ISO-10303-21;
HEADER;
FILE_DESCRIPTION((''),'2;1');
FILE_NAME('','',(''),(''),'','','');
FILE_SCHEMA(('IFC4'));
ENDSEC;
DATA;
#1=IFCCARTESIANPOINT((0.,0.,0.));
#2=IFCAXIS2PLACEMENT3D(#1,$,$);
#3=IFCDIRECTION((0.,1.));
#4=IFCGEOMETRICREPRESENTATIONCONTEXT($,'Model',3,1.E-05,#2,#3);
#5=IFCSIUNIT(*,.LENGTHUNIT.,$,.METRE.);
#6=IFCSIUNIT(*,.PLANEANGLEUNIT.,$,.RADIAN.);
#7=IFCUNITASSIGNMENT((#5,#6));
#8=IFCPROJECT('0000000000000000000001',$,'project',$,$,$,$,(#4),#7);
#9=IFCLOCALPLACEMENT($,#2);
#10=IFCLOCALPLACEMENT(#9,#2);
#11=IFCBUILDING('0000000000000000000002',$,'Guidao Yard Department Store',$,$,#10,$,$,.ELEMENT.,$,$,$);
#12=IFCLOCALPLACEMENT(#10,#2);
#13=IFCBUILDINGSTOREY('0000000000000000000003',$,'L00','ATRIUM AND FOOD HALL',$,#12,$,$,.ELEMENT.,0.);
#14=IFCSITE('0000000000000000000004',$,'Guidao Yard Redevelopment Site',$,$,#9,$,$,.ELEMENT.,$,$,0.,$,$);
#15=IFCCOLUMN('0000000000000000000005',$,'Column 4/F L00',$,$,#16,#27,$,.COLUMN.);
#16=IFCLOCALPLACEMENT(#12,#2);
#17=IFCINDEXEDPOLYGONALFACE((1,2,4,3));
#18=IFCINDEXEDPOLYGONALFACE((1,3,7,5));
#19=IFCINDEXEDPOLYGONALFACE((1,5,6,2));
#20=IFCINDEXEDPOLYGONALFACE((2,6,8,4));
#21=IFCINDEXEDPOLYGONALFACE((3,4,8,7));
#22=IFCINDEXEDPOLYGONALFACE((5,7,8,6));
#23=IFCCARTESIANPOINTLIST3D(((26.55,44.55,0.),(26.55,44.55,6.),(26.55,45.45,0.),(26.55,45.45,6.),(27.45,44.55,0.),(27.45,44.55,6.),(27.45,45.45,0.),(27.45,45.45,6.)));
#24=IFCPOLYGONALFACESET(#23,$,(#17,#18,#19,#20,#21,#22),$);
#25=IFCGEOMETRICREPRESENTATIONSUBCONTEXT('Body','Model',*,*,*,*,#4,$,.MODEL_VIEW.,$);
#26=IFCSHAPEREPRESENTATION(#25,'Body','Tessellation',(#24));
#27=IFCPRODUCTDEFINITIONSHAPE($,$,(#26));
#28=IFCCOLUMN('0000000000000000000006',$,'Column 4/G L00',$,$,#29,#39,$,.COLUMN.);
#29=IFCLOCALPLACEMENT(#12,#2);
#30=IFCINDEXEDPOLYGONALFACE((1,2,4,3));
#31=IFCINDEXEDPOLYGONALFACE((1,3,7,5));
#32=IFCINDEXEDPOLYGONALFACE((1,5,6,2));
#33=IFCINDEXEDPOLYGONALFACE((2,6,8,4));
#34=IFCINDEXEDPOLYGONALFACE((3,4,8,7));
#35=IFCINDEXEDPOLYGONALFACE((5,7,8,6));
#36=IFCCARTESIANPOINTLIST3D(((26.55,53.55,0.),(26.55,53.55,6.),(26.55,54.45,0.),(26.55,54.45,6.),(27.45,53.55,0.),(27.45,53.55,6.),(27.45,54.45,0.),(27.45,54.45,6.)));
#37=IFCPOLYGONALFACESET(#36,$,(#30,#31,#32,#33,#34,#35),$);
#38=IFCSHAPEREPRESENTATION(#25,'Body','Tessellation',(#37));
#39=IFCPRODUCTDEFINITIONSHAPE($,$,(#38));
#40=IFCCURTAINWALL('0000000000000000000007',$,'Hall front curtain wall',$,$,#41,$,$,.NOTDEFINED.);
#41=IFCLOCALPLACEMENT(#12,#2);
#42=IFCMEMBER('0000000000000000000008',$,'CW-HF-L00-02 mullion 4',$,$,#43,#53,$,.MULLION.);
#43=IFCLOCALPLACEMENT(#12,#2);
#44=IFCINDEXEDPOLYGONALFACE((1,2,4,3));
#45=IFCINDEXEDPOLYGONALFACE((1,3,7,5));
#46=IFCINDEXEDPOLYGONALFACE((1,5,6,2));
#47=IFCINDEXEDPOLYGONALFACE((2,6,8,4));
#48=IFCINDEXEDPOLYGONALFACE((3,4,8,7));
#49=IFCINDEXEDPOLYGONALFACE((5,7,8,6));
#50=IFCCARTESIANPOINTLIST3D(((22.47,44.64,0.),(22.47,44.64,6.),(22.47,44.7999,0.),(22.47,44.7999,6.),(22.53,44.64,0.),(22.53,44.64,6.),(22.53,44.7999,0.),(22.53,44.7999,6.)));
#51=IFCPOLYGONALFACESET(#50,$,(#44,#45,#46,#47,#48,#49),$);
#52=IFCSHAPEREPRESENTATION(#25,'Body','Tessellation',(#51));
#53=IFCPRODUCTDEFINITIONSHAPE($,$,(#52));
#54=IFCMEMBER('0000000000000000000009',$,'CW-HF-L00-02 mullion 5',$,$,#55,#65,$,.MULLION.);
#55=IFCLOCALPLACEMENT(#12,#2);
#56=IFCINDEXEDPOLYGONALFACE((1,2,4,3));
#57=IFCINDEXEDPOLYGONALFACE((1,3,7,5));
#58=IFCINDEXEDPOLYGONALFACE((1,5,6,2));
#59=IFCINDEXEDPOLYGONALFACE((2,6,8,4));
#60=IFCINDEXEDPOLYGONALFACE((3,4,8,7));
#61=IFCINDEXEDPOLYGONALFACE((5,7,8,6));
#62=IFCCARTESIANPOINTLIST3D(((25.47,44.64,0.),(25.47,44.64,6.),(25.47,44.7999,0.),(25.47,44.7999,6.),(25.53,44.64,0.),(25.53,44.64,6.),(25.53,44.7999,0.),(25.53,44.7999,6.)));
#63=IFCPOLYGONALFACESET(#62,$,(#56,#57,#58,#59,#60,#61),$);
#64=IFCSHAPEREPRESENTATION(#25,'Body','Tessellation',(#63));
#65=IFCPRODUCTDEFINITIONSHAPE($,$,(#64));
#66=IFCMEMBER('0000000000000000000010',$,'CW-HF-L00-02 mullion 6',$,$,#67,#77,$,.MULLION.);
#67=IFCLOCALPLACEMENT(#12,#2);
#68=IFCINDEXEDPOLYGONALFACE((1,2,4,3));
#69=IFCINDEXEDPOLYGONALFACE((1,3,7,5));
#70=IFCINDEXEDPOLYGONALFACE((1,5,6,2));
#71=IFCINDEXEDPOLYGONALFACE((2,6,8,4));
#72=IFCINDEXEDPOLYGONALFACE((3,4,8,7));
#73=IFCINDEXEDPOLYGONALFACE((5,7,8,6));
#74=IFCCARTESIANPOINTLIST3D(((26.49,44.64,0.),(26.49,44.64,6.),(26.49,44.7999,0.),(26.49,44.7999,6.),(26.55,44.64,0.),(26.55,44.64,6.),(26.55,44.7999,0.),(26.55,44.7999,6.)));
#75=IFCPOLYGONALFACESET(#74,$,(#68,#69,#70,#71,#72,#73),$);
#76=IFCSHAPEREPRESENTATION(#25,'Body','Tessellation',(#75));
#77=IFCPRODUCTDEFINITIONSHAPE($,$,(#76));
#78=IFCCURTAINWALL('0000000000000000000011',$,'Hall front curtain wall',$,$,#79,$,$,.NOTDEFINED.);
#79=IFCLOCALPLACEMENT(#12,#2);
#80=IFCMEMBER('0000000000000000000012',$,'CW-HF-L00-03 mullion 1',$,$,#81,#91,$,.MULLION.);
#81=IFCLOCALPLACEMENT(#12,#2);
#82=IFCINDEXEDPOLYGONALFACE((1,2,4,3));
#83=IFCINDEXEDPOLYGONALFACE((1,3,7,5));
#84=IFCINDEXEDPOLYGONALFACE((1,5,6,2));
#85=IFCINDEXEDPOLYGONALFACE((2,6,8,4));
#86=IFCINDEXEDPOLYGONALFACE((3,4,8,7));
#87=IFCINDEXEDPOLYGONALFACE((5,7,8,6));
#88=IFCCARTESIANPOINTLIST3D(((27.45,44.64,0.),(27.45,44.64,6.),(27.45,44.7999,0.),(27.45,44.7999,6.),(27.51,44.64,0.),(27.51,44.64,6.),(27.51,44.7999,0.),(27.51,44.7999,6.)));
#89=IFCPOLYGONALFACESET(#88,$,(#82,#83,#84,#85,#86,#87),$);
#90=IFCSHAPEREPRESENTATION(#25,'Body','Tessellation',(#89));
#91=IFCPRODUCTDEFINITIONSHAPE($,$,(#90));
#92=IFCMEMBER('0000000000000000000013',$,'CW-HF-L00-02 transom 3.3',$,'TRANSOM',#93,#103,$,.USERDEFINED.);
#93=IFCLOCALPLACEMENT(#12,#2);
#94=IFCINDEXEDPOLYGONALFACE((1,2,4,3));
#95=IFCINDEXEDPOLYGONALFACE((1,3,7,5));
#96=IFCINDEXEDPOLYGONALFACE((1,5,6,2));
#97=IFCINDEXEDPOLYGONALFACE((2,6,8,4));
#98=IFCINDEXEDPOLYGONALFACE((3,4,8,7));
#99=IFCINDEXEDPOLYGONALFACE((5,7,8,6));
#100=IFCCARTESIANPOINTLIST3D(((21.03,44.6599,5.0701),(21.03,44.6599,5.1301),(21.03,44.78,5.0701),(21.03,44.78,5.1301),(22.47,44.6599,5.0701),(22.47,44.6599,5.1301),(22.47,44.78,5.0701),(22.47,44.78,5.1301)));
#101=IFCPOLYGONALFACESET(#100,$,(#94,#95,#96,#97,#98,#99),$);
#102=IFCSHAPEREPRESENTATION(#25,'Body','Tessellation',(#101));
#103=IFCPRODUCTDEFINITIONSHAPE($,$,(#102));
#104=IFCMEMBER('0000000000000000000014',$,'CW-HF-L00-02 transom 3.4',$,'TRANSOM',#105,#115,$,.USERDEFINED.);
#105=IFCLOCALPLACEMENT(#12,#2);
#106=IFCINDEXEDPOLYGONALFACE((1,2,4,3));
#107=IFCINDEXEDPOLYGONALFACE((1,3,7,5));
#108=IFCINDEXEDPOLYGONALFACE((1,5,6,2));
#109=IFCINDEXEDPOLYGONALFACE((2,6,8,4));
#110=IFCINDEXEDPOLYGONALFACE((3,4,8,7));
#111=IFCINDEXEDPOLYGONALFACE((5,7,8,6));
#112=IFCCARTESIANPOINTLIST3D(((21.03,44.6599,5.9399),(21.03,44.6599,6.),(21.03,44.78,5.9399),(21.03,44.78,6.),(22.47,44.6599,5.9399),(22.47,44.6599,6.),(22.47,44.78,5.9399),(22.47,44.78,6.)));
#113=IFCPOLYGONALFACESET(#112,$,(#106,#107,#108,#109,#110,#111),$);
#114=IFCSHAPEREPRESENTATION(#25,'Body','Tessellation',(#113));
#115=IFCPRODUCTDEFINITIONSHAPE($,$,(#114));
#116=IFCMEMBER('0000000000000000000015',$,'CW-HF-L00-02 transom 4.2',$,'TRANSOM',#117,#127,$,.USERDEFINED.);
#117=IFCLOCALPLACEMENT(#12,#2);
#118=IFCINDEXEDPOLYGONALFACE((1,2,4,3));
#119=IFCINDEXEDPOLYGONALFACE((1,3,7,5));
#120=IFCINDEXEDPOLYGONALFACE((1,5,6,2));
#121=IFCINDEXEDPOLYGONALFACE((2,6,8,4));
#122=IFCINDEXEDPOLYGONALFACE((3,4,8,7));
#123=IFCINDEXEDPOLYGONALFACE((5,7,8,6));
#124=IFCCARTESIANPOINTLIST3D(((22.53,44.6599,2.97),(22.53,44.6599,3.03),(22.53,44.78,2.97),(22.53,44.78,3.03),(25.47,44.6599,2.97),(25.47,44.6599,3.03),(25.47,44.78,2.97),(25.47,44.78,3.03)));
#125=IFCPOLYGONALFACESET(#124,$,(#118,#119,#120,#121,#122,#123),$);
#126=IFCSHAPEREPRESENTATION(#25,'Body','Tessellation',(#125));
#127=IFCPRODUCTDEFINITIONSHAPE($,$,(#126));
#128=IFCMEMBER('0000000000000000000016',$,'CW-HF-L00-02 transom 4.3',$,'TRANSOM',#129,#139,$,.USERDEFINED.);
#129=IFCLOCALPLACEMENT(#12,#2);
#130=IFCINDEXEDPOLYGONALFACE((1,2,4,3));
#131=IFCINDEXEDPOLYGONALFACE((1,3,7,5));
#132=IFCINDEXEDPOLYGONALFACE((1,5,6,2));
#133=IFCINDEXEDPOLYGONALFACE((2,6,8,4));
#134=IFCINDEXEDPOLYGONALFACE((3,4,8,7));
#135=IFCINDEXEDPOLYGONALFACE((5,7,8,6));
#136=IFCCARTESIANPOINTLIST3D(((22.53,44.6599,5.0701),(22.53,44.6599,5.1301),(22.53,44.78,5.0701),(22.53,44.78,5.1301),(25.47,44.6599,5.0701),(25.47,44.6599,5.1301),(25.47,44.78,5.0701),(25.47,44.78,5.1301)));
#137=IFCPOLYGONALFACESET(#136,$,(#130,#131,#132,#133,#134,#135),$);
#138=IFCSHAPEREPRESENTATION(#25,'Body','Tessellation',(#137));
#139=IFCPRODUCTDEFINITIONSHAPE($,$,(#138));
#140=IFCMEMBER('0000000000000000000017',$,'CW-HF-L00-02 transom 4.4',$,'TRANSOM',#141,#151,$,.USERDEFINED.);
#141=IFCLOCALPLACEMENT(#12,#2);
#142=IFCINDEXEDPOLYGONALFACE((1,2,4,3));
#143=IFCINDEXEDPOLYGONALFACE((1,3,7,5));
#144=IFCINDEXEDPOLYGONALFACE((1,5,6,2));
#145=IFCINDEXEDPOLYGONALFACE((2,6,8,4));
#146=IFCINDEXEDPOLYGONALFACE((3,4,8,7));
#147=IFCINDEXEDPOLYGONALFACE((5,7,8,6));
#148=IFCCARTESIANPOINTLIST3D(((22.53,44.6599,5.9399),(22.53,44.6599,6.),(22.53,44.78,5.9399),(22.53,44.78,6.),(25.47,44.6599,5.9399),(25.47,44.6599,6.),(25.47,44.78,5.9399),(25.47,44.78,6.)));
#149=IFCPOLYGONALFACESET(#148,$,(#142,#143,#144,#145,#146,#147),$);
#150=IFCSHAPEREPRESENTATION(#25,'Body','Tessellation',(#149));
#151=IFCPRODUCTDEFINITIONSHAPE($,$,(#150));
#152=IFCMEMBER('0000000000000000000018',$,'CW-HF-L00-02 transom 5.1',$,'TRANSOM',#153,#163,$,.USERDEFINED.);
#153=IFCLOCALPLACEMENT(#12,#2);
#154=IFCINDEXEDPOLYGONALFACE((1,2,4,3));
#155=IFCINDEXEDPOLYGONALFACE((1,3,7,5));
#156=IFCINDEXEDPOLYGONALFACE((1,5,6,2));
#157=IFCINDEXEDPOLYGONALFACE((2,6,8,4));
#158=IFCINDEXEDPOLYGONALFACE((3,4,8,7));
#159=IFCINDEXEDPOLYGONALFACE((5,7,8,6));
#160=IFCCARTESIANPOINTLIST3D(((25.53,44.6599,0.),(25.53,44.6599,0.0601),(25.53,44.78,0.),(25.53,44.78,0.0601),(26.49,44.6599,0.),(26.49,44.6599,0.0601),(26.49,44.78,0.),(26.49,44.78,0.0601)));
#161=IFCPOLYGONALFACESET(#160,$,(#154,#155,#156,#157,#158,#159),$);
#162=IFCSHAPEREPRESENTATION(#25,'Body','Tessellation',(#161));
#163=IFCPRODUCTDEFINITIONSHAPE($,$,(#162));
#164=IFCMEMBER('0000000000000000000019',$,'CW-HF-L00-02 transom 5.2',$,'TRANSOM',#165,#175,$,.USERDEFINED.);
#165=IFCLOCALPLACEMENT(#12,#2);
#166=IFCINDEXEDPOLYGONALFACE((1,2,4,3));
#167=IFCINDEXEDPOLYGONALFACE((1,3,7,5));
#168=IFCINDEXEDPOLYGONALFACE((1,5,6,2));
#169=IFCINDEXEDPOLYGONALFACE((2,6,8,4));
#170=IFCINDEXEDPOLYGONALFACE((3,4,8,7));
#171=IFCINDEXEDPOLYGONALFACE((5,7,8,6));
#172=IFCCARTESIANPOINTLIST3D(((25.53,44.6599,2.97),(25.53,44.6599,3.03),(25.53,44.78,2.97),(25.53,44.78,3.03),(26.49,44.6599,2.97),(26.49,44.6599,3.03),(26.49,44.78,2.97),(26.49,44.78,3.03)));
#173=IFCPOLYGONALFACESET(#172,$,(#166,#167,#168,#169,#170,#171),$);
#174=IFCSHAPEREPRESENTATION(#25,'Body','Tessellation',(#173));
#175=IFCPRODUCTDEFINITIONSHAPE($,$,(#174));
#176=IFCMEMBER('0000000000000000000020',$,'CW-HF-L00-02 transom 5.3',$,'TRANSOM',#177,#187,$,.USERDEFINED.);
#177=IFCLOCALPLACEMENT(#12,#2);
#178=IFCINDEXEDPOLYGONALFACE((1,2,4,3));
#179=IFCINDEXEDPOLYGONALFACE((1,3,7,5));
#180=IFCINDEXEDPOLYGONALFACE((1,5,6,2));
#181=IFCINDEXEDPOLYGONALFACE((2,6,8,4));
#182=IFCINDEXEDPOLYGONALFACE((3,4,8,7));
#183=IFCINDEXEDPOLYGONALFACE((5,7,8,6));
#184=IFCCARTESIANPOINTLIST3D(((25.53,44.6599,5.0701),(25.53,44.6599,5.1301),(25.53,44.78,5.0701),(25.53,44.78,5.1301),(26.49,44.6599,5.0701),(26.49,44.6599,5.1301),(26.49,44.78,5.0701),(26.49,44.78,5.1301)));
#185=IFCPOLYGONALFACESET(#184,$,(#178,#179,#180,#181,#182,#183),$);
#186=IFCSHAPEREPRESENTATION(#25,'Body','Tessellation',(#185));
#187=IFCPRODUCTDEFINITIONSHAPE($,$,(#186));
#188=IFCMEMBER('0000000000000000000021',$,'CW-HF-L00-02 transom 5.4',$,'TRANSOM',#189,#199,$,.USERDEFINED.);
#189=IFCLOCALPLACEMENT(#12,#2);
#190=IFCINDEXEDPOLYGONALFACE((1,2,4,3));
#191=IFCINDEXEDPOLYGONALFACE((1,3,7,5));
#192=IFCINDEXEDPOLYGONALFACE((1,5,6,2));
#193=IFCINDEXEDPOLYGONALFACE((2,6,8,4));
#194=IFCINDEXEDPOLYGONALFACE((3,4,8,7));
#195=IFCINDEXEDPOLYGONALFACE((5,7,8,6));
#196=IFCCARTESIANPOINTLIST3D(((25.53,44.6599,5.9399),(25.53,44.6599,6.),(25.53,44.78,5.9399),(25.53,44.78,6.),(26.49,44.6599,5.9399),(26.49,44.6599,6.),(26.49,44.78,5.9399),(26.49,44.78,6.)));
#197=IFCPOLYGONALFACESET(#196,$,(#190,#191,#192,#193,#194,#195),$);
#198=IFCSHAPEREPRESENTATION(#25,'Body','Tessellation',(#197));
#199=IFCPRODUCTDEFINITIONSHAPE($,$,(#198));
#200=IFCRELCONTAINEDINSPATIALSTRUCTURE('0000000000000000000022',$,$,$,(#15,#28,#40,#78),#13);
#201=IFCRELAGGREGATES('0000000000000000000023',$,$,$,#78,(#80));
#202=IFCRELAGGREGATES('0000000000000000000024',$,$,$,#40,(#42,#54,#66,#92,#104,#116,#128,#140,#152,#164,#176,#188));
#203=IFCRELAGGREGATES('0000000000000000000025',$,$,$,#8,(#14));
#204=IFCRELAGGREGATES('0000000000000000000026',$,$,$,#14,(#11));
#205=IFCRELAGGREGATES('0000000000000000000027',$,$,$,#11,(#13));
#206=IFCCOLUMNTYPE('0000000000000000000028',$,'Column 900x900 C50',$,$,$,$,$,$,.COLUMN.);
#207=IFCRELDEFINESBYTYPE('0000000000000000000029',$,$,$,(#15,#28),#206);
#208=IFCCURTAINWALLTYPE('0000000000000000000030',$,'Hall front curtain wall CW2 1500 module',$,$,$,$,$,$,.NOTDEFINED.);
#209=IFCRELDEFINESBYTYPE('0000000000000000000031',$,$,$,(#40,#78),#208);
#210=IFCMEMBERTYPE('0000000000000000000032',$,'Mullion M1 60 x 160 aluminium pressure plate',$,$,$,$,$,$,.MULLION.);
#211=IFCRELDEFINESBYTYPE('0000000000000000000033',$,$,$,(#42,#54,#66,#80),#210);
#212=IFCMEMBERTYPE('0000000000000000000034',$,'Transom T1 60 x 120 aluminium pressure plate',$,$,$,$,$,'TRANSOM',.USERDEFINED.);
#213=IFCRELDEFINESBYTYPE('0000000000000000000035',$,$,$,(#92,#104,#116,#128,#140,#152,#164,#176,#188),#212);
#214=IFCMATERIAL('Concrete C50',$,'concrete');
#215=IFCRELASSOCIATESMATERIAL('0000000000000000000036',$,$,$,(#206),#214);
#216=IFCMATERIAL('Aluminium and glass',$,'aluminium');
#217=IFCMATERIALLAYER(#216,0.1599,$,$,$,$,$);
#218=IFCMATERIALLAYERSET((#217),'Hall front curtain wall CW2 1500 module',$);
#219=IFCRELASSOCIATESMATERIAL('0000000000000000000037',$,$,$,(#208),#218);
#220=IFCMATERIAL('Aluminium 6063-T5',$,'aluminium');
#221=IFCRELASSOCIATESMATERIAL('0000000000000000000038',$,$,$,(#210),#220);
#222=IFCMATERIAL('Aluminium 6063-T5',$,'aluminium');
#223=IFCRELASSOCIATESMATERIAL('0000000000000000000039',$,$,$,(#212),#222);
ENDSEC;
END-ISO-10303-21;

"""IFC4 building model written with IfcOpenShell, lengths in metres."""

from ifc_helpers import new_model, si_unit, direction, frame, origin, origin_2d, place, context, subcontext, project, spatial, rectangle, extrude, material, layer, layer_set, material_profile, profile_set, type_object, element, aggregate, save


model = new_model("IFC4")

# Units and contexts
model_context = context("Model", 3, precision=1e-05, world=origin(), true_north=direction((0.0, 1.0)))
body_context = subcontext(model_context, "Body", "Model", "MODEL_VIEW")
ifc_project = project(units=[si_unit("LENGTHUNIT", "METRE"), si_unit("PLANEANGLEUNIT", "RADIAN")], contexts=[model_context])

# Site, building, storey
site_placement = place(None, origin())
site = spatial("IfcSite", under=ifc_project, at=site_placement, Name="Guidao Yard Redevelopment Site", CompositionType="ELEMENT", RefElevation=0.0)
building_placement = place(site_placement, origin())
building = spatial("IfcBuilding", under=site, at=building_placement, Name="Guidao Yard Department Store", CompositionType="ELEMENT")
storey_placement = place(building_placement, origin())
storey = spatial("IfcBuildingStorey", under=building, at=storey_placement, Name="L00", Description="ATRIUM AND FOOD HALL", CompositionType="ELEMENT", Elevation=0.0)

# Columns
ifc_material_1 = material(Name="Concrete C50", Category="concrete")
ifc_material_profile_1 = material_profile(ifc_material_1, rectangle(XDim=0.8999, YDim=0.8999, at=origin_2d()), Name="COL 900x900")
ifc_profile_set_1 = profile_set([ifc_material_profile_1], Name="Concrete C50")
column_type = type_object("IfcColumnType", Name="Column 900x900 C50", PredefinedType="COLUMN", material=ifc_profile_set_1)
for number, where, z_axis, x_axis, name in (
    (1, (27.0, 45.0, 0.0), (0.0, 0.0, 1.0), (1.0, 0.0, 0.0), "Column 4/F L00"),
    (2, (27.0, 54.0, 0.0), (0.0, 0.0, 1.0), (1.0, 0.0, 0.0), "Column 4/G L00"),
):
    element("IfcColumn", number, at=place(storey_placement, frame(where, z_axis=z_axis, x_axis=x_axis)), inside=storey, type_object=column_type, Name=name, PredefinedType="COLUMN", context=body_context, shape_type="SweptSolid", body=[
        extrude(rectangle(XDim=0.8999, YDim=0.8999, at=origin_2d()), origin(), (0.0, 0.0, 1.0), 6.0),
    ])

# Curtain wall, members
ifc_material_2 = material(Name="Aluminium and glass", Category="aluminium")
ifc_layer_1 = layer(ifc_material_2, 0.1599)
ifc_layer_set_1 = layer_set([ifc_layer_1], Name="Hall front curtain wall CW2 1500 module")
curtain_wall_type = type_object("IfcCurtainWallType", Name="Hall front curtain wall CW2 1500 module", PredefinedType="NOTDEFINED", material=ifc_layer_set_1)
curtain_wall_1_placement = place(storey_placement, origin())
curtain_wall_1 = element("IfcCurtainWall", 3, at=curtain_wall_1_placement, inside=storey, type_object=curtain_wall_type, Name="Hall front curtain wall", PredefinedType="NOTDEFINED")
ifc_material_3 = material(Name="Aluminium 6063-T5", Category="aluminium")
ifc_material_profile_2 = material_profile(ifc_material_3, rectangle(XDim=0.0601, YDim=0.1599, at=origin_2d()), Name="Mullion M1 60 x 160 aluminium pressure plate")
ifc_profile_set_2 = profile_set([ifc_material_profile_2], Name="Aluminium 6063-T5")
member_type_1 = type_object("IfcMemberType", Name="Mullion M1 60 x 160 aluminium pressure plate", PredefinedType="MULLION", material=ifc_profile_set_2)
member_1_placement = place(storey_placement, frame((22.5, 44.72, 0.0), z_axis=(0.0, 0.0, 1.0), x_axis=(-1.0, 0.0, 0.0)))
member_1 = element("IfcMember", 4, at=member_1_placement, type_object=member_type_1, Name="CW-HF-L00-02 mullion 4", PredefinedType="MULLION", context=body_context, shape_type="SweptSolid", body=[
    extrude(rectangle(XDim=0.0601, YDim=0.1599, at=origin_2d()), origin(), (0.0, 0.0, 1.0), 6.0),
])
member_2_placement = place(storey_placement, frame((25.5, 44.72, 0.0), z_axis=(0.0, 0.0, 1.0), x_axis=(-1.0, 0.0, 0.0)))
member_2 = element("IfcMember", 5, at=member_2_placement, type_object=member_type_1, Name="CW-HF-L00-02 mullion 5", PredefinedType="MULLION", context=body_context, shape_type="SweptSolid", body=[
    extrude(rectangle(XDim=0.0601, YDim=0.1599, at=origin_2d()), origin(), (0.0, 0.0, 1.0), 6.0),
])
member_3_placement = place(storey_placement, frame((26.52, 44.72, 0.0), z_axis=(0.0, 0.0, 1.0), x_axis=(-1.0, 0.0, 0.0)))
member_3 = element("IfcMember", 6, at=member_3_placement, type_object=member_type_1, Name="CW-HF-L00-02 mullion 6", PredefinedType="MULLION", context=body_context, shape_type="SweptSolid", body=[
    extrude(rectangle(XDim=0.0601, YDim=0.1599, at=origin_2d()), origin(), (0.0, 0.0, 1.0), 6.0),
])

# Curtain wall, member
curtain_wall_2_placement = place(storey_placement, origin())
curtain_wall_2 = element("IfcCurtainWall", 7, at=curtain_wall_2_placement, inside=storey, type_object=curtain_wall_type, Name="Hall front curtain wall", PredefinedType="NOTDEFINED")
member_4_placement = place(storey_placement, frame((27.48, 44.72, 0.0), z_axis=(0.0, 0.0, 1.0), x_axis=(-1.0, 0.0, 0.0)))
member_4 = element("IfcMember", 8, at=member_4_placement, type_object=member_type_1, Name="CW-HF-L00-03 mullion 1", PredefinedType="MULLION", context=body_context, shape_type="SweptSolid", body=[
    extrude(rectangle(XDim=0.0601, YDim=0.1599, at=origin_2d()), origin(), (0.0, 0.0, 1.0), 6.0),
])
aggregate(curtain_wall_2, [member_4])

# Members
ifc_material_4 = material(Name="Aluminium 6063-T5", Category="aluminium")
ifc_material_profile_3 = material_profile(ifc_material_4, rectangle(XDim=0.1201, YDim=0.0601, at=origin_2d()), Name="Transom T1 60 x 120 aluminium pressure plate")
ifc_profile_set_3 = profile_set([ifc_material_profile_3], Name="Aluminium 6063-T5")
member_type_2 = type_object("IfcMemberType", Name="Transom T1 60 x 120 aluminium pressure plate", ElementType="TRANSOM", PredefinedType="USERDEFINED", material=ifc_profile_set_3)
member_5_placement = place(storey_placement, frame((22.47, 44.72, 5.1001), z_axis=(-1.0, 0.0, 0.0), x_axis=(0.0, -1.0, 0.0)))
member_5 = element("IfcMember", 9, at=member_5_placement, type_object=member_type_2, Name="CW-HF-L00-02 transom 3.3", ObjectType="TRANSOM", PredefinedType="USERDEFINED", context=body_context, shape_type="SweptSolid", body=[
    extrude(rectangle(XDim=0.1201, YDim=0.0601, at=origin_2d()), origin(), (0.0, 0.0, 1.0), 1.4399),
])
member_6_placement = place(storey_placement, frame((22.47, 44.72, 5.97), z_axis=(-1.0, 0.0, 0.0), x_axis=(0.0, -1.0, 0.0)))
member_6 = element("IfcMember", 10, at=member_6_placement, type_object=member_type_2, Name="CW-HF-L00-02 transom 3.4", ObjectType="TRANSOM", PredefinedType="USERDEFINED", context=body_context, shape_type="SweptSolid", body=[
    extrude(rectangle(XDim=0.1201, YDim=0.0601, at=origin_2d()), origin(), (0.0, 0.0, 1.0), 1.4399),
])
member_7_placement = place(storey_placement, frame((25.47, 44.72, 3.0), z_axis=(-1.0, 0.0, 0.0), x_axis=(0.0, -1.0, 0.0)))
member_7 = element("IfcMember", 11, at=member_7_placement, type_object=member_type_2, Name="CW-HF-L00-02 transom 4.2", ObjectType="TRANSOM", PredefinedType="USERDEFINED", context=body_context, shape_type="SweptSolid", body=[
    extrude(rectangle(XDim=0.1201, YDim=0.0601, at=origin_2d()), origin(), (0.0, 0.0, 1.0), 2.9399),
])
member_8_placement = place(storey_placement, frame((25.47, 44.72, 5.1001), z_axis=(-1.0, 0.0, 0.0), x_axis=(0.0, -1.0, 0.0)))
member_8 = element("IfcMember", 12, at=member_8_placement, type_object=member_type_2, Name="CW-HF-L00-02 transom 4.3", ObjectType="TRANSOM", PredefinedType="USERDEFINED", context=body_context, shape_type="SweptSolid", body=[
    extrude(rectangle(XDim=0.1201, YDim=0.0601, at=origin_2d()), origin(), (0.0, 0.0, 1.0), 2.9399),
])
member_9_placement = place(storey_placement, frame((25.47, 44.72, 5.97), z_axis=(-1.0, 0.0, 0.0), x_axis=(0.0, -1.0, 0.0)))
member_9 = element("IfcMember", 13, at=member_9_placement, type_object=member_type_2, Name="CW-HF-L00-02 transom 4.4", ObjectType="TRANSOM", PredefinedType="USERDEFINED", context=body_context, shape_type="SweptSolid", body=[
    extrude(rectangle(XDim=0.1201, YDim=0.0601, at=origin_2d()), origin(), (0.0, 0.0, 1.0), 2.9399),
])
member_10_placement = place(storey_placement, frame((26.49, 44.72, 0.03), z_axis=(-1.0, 0.0, 0.0), x_axis=(0.0, -1.0, 0.0)))
member_10 = element("IfcMember", 14, at=member_10_placement, type_object=member_type_2, Name="CW-HF-L00-02 transom 5.1", ObjectType="TRANSOM", PredefinedType="USERDEFINED", context=body_context, shape_type="SweptSolid", body=[
    extrude(rectangle(XDim=0.1201, YDim=0.0601, at=origin_2d()), origin(), (0.0, 0.0, 1.0), 0.96),
])
member_11_placement = place(storey_placement, frame((26.49, 44.72, 3.0), z_axis=(-1.0, 0.0, 0.0), x_axis=(0.0, -1.0, 0.0)))
member_11 = element("IfcMember", 15, at=member_11_placement, type_object=member_type_2, Name="CW-HF-L00-02 transom 5.2", ObjectType="TRANSOM", PredefinedType="USERDEFINED", context=body_context, shape_type="SweptSolid", body=[
    extrude(rectangle(XDim=0.1201, YDim=0.0601, at=origin_2d()), origin(), (0.0, 0.0, 1.0), 0.96),
])
member_12_placement = place(storey_placement, frame((26.49, 44.72, 5.1001), z_axis=(-1.0, 0.0, 0.0), x_axis=(0.0, -1.0, 0.0)))
member_12 = element("IfcMember", 16, at=member_12_placement, type_object=member_type_2, Name="CW-HF-L00-02 transom 5.3", ObjectType="TRANSOM", PredefinedType="USERDEFINED", context=body_context, shape_type="SweptSolid", body=[
    extrude(rectangle(XDim=0.1201, YDim=0.0601, at=origin_2d()), origin(), (0.0, 0.0, 1.0), 0.96),
])
member_13_placement = place(storey_placement, frame((26.49, 44.72, 5.97), z_axis=(-1.0, 0.0, 0.0), x_axis=(0.0, -1.0, 0.0)))
member_13 = element("IfcMember", 17, at=member_13_placement, type_object=member_type_2, Name="CW-HF-L00-02 transom 5.4", ObjectType="TRANSOM", PredefinedType="USERDEFINED", context=body_context, shape_type="SweptSolid", body=[
    extrude(rectangle(XDim=0.1201, YDim=0.0601, at=origin_2d()), origin(), (0.0, 0.0, 1.0), 0.96),
])

aggregate(curtain_wall_1, [member_1, member_2, member_3, member_5, member_6, member_7, member_8, member_9, member_10, member_11, member_12, member_13])

save(model, "model.ifc")
